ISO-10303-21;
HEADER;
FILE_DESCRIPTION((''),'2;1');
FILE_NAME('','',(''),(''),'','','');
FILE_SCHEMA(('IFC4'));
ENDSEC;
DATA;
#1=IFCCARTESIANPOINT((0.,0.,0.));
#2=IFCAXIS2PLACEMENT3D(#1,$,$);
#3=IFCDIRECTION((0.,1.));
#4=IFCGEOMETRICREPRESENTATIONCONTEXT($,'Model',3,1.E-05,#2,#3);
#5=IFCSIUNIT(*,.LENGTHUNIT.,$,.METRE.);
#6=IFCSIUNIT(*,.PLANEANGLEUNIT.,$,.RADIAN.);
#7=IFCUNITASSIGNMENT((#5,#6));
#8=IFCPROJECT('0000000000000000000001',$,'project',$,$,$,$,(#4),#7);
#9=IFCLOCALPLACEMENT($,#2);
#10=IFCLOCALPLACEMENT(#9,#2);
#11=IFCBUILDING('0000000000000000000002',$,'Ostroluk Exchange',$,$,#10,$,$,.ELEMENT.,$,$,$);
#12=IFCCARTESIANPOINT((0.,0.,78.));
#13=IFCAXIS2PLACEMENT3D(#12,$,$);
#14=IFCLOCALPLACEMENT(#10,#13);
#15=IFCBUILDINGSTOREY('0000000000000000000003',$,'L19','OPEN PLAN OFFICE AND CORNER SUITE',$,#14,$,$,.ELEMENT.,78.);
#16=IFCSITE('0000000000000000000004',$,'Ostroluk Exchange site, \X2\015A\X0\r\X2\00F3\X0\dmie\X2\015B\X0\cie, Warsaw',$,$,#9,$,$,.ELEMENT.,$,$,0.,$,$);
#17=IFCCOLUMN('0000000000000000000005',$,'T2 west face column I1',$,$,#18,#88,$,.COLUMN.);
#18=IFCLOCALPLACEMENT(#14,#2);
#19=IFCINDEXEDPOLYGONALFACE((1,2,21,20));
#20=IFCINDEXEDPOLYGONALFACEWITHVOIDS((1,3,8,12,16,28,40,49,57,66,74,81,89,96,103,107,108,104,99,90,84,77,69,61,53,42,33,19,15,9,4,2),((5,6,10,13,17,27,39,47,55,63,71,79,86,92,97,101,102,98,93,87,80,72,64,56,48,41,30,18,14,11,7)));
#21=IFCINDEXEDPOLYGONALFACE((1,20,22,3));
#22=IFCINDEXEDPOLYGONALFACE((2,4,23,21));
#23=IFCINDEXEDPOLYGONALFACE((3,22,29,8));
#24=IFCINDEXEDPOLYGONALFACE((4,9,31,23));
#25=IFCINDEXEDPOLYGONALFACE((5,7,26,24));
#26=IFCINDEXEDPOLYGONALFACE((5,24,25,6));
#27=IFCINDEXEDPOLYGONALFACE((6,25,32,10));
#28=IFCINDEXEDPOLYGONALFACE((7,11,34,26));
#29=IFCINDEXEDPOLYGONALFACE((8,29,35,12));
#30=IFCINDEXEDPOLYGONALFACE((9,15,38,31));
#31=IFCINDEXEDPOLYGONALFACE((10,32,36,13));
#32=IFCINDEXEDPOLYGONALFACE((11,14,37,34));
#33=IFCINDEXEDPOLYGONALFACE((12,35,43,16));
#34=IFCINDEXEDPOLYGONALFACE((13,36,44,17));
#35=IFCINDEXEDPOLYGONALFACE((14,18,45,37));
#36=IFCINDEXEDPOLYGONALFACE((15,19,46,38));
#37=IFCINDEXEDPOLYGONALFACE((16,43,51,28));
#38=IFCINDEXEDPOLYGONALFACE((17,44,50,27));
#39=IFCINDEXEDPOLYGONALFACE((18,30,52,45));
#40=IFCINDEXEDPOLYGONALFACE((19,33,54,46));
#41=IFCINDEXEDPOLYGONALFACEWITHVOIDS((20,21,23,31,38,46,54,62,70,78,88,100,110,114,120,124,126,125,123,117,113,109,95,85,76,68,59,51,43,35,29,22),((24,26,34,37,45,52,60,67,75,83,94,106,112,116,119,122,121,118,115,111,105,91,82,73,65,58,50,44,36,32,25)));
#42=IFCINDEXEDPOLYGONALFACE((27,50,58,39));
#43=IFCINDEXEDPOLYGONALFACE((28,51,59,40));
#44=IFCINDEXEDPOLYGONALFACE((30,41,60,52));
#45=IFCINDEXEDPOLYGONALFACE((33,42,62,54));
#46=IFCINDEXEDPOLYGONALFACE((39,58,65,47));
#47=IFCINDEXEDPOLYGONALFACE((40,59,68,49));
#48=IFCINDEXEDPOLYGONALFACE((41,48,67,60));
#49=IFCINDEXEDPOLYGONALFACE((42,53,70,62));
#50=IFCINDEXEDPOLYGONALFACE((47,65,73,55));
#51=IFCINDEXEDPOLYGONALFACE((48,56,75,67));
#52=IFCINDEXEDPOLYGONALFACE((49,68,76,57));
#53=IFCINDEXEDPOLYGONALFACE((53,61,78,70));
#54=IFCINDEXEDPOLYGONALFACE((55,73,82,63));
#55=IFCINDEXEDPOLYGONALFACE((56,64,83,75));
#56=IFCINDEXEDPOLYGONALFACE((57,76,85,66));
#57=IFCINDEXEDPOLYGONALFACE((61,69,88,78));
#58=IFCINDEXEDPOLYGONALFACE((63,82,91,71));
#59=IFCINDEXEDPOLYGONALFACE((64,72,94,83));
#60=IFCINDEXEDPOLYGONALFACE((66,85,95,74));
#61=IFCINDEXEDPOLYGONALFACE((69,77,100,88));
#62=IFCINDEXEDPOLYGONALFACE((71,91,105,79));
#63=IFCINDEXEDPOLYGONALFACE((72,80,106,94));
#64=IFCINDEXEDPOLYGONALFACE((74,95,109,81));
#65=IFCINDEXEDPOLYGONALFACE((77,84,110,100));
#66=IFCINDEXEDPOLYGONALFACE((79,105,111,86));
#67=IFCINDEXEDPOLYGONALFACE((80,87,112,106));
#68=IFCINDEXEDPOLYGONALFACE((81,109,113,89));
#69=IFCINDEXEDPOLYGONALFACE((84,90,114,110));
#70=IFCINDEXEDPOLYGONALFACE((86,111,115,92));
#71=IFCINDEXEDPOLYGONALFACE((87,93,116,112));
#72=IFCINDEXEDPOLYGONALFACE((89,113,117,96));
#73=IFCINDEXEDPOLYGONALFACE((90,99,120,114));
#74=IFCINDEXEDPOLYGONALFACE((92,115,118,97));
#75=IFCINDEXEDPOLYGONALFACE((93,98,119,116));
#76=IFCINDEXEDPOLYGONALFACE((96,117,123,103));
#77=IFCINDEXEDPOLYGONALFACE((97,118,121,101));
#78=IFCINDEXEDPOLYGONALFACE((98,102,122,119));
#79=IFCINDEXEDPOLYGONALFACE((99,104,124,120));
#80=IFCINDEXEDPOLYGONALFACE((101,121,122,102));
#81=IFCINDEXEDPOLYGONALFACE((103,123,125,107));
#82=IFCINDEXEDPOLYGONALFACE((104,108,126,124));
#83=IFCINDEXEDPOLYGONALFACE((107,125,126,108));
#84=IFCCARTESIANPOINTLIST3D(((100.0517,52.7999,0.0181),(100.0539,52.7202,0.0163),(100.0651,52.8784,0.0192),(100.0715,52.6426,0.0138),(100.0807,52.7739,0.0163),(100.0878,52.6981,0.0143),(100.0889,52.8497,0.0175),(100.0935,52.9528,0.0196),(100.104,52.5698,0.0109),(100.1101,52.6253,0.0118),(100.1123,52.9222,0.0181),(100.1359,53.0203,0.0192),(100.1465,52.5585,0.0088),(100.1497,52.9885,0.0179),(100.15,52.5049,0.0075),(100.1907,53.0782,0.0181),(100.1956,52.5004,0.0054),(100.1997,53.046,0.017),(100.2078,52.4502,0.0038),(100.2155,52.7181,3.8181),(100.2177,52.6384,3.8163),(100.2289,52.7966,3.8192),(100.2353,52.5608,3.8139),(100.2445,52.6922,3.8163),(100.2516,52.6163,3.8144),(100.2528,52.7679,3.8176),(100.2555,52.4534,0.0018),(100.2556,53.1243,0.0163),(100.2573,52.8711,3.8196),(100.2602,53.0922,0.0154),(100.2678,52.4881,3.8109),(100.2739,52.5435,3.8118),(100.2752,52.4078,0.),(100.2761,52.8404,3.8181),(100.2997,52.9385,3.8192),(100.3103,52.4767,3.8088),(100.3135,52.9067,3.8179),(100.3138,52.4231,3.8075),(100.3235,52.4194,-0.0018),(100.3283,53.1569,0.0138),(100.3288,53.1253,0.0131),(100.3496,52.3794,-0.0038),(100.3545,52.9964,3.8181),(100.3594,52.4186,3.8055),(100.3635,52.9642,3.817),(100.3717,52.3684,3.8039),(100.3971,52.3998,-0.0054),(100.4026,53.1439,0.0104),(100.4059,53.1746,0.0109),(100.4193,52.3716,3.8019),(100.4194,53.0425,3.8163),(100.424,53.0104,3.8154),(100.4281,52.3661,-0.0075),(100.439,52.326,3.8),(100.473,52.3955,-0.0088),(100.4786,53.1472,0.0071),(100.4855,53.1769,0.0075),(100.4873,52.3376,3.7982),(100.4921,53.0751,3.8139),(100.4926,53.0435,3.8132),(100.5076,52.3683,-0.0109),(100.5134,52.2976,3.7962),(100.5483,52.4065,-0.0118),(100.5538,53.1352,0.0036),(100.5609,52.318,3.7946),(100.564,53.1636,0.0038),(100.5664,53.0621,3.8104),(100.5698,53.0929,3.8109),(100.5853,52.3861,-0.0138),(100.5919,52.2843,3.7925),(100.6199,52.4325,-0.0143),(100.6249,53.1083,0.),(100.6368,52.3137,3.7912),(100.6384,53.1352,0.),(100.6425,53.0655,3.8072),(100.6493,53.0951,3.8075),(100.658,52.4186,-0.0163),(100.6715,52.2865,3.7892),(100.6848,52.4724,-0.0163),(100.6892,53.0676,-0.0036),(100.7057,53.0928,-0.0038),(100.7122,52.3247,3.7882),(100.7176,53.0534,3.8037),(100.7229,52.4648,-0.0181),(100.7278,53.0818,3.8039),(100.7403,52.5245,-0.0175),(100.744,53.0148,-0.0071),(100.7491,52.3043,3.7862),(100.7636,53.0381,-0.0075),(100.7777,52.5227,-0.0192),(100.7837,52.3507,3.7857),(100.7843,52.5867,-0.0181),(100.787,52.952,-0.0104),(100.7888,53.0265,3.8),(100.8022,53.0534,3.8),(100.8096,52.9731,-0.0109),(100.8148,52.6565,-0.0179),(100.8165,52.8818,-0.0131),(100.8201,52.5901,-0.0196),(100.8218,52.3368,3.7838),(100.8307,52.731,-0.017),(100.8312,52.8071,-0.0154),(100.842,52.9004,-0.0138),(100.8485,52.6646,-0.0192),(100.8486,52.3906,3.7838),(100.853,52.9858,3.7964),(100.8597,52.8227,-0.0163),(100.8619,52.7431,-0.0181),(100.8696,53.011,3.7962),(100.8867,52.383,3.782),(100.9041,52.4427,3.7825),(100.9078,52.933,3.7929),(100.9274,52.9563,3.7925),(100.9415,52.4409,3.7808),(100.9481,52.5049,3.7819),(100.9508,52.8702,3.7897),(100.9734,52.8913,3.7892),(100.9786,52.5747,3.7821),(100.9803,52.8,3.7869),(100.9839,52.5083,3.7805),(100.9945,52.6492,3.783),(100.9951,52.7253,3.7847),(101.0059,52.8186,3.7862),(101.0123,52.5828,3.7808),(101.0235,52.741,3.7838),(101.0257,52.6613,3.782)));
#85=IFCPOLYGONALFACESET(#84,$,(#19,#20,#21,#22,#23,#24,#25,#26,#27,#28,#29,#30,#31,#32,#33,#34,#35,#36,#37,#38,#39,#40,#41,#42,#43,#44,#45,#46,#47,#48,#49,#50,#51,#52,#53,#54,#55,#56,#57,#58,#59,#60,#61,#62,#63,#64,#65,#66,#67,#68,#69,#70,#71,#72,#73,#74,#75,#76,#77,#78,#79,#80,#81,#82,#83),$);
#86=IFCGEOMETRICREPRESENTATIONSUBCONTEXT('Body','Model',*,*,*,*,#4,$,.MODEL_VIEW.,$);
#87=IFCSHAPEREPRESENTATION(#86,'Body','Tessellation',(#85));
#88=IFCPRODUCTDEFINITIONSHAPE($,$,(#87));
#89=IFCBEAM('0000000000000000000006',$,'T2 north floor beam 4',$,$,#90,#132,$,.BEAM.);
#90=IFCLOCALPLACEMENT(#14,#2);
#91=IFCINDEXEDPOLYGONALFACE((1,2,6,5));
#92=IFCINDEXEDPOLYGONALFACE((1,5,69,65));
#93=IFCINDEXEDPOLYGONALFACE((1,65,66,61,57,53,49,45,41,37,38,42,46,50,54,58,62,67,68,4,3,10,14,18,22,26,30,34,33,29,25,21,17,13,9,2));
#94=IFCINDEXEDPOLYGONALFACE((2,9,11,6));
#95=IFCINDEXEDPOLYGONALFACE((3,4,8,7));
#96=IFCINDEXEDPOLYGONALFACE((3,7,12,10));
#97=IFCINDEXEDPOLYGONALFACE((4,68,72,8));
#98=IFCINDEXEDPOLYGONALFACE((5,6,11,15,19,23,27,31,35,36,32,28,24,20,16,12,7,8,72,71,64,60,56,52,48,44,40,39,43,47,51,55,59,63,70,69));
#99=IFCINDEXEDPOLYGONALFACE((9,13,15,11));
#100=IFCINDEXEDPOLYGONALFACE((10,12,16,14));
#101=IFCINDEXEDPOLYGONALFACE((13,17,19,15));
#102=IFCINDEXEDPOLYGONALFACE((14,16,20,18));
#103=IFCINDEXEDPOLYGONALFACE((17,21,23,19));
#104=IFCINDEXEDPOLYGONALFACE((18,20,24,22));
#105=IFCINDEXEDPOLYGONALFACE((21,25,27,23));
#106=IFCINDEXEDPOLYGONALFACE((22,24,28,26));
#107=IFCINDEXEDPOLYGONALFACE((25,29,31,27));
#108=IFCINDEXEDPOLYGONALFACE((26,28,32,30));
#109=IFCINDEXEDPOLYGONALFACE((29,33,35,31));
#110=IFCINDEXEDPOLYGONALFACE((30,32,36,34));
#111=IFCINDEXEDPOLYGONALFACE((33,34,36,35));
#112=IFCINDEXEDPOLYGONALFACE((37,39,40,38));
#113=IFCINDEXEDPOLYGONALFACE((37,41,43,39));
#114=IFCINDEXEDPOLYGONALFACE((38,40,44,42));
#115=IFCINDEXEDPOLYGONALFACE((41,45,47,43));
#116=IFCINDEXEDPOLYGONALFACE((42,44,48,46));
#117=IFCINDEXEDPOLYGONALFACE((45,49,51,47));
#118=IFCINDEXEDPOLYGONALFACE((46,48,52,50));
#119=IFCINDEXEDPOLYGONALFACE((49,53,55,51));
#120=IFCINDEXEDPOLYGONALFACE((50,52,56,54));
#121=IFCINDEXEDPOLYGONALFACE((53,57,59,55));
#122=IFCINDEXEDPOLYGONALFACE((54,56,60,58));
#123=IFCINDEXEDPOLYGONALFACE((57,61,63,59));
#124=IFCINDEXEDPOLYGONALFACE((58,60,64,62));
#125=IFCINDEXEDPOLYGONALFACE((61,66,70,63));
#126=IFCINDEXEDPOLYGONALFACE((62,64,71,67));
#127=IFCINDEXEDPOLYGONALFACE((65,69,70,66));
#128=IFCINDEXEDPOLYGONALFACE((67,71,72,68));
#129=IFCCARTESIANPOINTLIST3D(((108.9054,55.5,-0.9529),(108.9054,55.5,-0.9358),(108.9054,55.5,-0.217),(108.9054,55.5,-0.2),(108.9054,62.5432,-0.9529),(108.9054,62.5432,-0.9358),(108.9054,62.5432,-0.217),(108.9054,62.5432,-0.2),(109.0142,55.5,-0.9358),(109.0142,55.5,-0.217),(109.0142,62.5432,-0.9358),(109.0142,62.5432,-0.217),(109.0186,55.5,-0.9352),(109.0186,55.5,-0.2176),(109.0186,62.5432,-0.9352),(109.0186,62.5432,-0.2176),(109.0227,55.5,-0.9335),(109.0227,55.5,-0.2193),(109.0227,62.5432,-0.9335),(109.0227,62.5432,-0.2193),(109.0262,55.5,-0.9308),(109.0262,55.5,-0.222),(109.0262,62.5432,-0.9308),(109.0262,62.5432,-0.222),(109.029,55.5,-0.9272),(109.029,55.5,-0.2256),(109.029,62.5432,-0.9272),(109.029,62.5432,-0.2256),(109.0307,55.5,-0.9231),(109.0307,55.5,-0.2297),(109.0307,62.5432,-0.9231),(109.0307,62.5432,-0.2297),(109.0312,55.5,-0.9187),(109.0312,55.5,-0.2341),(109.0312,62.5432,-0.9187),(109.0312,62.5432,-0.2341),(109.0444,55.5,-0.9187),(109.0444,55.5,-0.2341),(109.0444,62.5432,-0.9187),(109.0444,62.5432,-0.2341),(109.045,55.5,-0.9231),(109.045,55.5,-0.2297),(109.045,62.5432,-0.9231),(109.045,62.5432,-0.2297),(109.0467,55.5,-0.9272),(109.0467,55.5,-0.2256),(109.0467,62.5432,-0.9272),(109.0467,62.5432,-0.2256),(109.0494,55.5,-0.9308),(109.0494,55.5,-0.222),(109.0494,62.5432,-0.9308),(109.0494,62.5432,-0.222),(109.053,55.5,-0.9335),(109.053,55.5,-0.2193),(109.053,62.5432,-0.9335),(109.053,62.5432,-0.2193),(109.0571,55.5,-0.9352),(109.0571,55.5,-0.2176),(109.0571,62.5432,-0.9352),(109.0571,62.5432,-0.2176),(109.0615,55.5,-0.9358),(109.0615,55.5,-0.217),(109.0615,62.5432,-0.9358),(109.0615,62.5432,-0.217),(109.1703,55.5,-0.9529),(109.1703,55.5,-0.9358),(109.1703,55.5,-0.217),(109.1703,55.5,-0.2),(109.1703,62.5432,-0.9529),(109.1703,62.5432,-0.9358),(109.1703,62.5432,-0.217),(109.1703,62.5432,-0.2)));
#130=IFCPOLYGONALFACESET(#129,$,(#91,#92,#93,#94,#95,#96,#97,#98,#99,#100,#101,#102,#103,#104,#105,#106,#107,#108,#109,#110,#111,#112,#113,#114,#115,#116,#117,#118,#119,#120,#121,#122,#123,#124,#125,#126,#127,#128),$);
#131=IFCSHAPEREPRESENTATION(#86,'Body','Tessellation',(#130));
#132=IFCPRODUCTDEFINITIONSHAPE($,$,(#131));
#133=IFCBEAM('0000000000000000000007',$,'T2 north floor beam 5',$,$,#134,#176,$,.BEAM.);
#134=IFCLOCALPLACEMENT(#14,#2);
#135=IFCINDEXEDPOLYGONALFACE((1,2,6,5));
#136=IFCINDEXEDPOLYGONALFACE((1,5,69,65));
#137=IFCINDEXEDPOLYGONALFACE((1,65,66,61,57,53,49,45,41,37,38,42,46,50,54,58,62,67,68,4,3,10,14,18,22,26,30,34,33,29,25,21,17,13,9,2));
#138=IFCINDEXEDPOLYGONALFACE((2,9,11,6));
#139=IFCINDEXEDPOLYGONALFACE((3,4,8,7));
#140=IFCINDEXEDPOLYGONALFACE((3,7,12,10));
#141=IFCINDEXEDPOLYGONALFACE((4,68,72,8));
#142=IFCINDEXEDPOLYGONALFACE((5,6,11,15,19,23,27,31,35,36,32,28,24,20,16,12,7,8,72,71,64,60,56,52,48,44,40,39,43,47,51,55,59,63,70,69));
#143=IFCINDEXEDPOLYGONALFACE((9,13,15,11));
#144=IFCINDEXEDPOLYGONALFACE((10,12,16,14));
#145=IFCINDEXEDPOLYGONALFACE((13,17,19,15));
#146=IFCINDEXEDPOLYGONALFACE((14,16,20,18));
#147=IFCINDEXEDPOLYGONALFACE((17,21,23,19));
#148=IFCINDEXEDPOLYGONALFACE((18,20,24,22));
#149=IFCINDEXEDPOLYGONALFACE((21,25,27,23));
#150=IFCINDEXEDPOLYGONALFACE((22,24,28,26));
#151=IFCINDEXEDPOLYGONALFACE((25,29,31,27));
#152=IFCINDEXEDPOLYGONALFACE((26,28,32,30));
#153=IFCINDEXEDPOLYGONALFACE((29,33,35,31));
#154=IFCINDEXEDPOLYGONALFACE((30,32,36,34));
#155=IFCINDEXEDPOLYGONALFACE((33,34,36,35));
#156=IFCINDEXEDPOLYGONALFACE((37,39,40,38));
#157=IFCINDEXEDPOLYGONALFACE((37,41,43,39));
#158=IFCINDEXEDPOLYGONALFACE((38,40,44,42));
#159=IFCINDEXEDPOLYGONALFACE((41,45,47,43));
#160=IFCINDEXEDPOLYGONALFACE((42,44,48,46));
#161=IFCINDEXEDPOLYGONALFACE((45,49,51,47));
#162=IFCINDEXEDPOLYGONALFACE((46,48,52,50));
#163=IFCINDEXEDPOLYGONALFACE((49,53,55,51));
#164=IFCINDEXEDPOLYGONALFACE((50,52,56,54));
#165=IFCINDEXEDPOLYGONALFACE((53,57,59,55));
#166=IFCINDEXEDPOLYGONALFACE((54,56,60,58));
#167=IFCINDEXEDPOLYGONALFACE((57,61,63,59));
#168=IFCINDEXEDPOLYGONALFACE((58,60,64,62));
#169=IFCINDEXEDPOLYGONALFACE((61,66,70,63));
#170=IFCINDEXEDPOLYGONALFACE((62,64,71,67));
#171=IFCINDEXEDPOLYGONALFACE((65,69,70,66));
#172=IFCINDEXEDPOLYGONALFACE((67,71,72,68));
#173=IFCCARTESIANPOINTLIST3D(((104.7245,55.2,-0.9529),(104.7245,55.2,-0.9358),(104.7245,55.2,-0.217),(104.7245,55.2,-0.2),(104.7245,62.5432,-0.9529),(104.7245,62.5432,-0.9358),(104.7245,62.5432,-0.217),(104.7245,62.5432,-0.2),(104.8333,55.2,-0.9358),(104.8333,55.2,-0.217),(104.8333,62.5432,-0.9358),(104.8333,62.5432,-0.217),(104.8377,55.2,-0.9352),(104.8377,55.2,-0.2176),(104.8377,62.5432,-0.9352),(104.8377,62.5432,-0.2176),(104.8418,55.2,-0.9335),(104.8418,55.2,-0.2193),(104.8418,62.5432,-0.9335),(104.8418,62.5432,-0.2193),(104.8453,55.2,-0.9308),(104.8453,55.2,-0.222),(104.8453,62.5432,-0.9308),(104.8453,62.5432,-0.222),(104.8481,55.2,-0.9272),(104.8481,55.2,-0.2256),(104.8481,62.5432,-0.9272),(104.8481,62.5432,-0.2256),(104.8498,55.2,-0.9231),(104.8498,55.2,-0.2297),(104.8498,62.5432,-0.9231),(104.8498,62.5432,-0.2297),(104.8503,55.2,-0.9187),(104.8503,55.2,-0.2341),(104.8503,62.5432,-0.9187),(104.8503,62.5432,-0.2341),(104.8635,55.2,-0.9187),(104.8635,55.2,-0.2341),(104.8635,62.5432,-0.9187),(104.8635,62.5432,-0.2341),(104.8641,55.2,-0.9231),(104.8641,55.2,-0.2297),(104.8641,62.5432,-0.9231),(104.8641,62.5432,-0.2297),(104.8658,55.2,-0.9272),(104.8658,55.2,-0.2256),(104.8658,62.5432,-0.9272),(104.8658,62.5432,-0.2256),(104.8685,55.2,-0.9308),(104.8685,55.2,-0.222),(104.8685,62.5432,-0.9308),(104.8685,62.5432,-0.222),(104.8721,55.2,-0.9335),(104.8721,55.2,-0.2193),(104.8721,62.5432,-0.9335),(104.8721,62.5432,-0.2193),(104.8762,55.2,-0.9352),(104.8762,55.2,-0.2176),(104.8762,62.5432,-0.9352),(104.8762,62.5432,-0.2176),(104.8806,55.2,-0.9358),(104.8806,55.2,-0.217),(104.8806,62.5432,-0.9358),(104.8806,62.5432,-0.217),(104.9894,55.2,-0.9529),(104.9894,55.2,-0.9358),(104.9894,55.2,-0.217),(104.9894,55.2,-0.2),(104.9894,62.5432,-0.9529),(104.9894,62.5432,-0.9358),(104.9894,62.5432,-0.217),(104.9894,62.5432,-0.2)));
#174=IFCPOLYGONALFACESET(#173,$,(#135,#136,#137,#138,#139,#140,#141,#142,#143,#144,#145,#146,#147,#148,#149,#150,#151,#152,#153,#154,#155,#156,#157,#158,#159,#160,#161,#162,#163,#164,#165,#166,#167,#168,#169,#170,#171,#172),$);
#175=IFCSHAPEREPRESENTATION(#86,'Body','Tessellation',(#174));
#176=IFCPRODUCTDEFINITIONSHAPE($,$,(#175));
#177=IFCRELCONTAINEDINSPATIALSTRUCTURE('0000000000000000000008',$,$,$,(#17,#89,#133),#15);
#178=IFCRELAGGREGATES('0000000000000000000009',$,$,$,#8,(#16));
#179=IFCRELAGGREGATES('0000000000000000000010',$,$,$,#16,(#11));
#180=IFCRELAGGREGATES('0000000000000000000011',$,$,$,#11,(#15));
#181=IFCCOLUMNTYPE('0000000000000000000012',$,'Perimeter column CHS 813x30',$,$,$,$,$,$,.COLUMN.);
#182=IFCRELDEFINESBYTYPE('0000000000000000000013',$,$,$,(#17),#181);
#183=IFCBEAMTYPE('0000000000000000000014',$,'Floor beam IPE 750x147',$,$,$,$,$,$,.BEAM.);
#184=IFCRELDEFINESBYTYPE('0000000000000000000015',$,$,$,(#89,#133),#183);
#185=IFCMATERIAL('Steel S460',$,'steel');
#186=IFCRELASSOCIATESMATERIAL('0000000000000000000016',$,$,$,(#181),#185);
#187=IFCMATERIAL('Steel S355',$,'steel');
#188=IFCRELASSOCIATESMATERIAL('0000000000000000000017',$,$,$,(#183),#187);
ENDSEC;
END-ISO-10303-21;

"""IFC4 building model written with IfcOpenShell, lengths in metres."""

from ifc_helpers import new_model, si_unit, direction, frame, origin, origin_2d, place, context, subcontext, project, spatial, hollow_circle, i_section, extrude, material, material_profile, profile_set, type_object, element, save


model = new_model("IFC4")

# Units and contexts
model_context = context("Model", 3, precision=1e-05, world=origin(), true_north=direction((0.0, 1.0)))
body_context = subcontext(model_context, "Body", "Model", "MODEL_VIEW")
ifc_project = project(units=[si_unit("LENGTHUNIT", "METRE"), si_unit("PLANEANGLEUNIT", "RADIAN")], contexts=[model_context])

# Site, building, storey
site_placement = place(None, origin())
site = spatial("IfcSite", under=ifc_project, at=site_placement, Name="Ostroluk Exchange site, Śródmieście, Warsaw", CompositionType="ELEMENT", RefElevation=0.0)
building_placement = place(site_placement, origin())
building = spatial("IfcBuilding", under=site, at=building_placement, Name="Ostroluk Exchange", CompositionType="ELEMENT")
storey_placement = place(building_placement, frame((0.0, 0.0, 78.0)))
storey = spatial("IfcBuildingStorey", under=building, at=storey_placement, Name="L19", Description="OPEN PLAN OFFICE AND CORNER SUITE", CompositionType="ELEMENT", Elevation=78.0)

# Column
ifc_material_1 = material(Name="Steel S460", Category="steel")
ifc_material_profile_1 = material_profile(ifc_material_1, hollow_circle(Radius=0.4065, WallThickness=0.03, at=origin_2d()), Name="CHS 813x30")
ifc_profile_set_1 = profile_set([ifc_material_profile_1], Name="Steel S460")
column_type = type_object("IfcColumnType", Name="Perimeter column CHS 813x30", PredefinedType="COLUMN", material=ifc_profile_set_1)
column_placement = place(storey_placement, frame((100.4568, 52.7715, 0.0), z_axis=(0.04306, -0.021498, 0.998841), x_axis=(0.44668, 0.894694, 0.0)))
element("IfcColumn", 1, at=column_placement, inside=storey, type_object=column_type, Name="T2 west face column I1", PredefinedType="COLUMN", context=body_context, shape_type="SweptSolid", body=[
    extrude(hollow_circle(Radius=0.4065, WallThickness=0.03, at=origin_2d()), origin(), (0.0, 0.0, 1.0), 3.8044),
])

# Beams
ifc_material_2 = material(Name="Steel S355", Category="steel")
ifc_material_profile_2 = material_profile(ifc_material_2, i_section(OverallWidth=0.2649, OverallDepth=0.7529, WebThickness=0.0132, FlangeThickness=0.0171, FilletRadius=0.0171, at=origin_2d()), Name="IPE 750x147")
ifc_profile_set_2 = profile_set([ifc_material_profile_2], Name="Steel S355")
beam_type_1 = type_object("IfcBeamType", Name="Floor beam IPE 750x147", PredefinedType="BEAM", material=ifc_profile_set_2)
beam_1_placement = place(storey_placement, frame((109.0378, 55.5, -0.5764), z_axis=(0.0, 1.0, 0.0), x_axis=(-1.0, 0.0, 0.0)))
element("IfcBeam", 2, at=beam_1_placement, inside=storey, type_object=beam_type_1, Name="T2 north floor beam 4", PredefinedType="BEAM", context=body_context, shape_type="SweptSolid", body=[
    extrude(i_section(OverallWidth=0.2649, OverallDepth=0.7529, WebThickness=0.0132, FlangeThickness=0.0171, FilletRadius=0.0171, at=origin_2d()), origin(), (0.0, 0.0, 1.0), 7.0432),
])
beam_2_placement = place(storey_placement, frame((104.8569, 55.2, -0.5764), z_axis=(0.0, 1.0, 0.0), x_axis=(-1.0, 0.0, 0.0)))
element("IfcBeam", 3, at=beam_2_placement, inside=storey, type_object=beam_type_1, Name="T2 north floor beam 5", PredefinedType="BEAM", context=body_context, shape_type="SweptSolid", body=[
    extrude(i_section(OverallWidth=0.2649, OverallDepth=0.7529, WebThickness=0.0132, FlangeThickness=0.0171, FilletRadius=0.0171, at=origin_2d()), origin(), (0.0, 0.0, 1.0), 7.3433),
])

save(model, "model.ifc")
